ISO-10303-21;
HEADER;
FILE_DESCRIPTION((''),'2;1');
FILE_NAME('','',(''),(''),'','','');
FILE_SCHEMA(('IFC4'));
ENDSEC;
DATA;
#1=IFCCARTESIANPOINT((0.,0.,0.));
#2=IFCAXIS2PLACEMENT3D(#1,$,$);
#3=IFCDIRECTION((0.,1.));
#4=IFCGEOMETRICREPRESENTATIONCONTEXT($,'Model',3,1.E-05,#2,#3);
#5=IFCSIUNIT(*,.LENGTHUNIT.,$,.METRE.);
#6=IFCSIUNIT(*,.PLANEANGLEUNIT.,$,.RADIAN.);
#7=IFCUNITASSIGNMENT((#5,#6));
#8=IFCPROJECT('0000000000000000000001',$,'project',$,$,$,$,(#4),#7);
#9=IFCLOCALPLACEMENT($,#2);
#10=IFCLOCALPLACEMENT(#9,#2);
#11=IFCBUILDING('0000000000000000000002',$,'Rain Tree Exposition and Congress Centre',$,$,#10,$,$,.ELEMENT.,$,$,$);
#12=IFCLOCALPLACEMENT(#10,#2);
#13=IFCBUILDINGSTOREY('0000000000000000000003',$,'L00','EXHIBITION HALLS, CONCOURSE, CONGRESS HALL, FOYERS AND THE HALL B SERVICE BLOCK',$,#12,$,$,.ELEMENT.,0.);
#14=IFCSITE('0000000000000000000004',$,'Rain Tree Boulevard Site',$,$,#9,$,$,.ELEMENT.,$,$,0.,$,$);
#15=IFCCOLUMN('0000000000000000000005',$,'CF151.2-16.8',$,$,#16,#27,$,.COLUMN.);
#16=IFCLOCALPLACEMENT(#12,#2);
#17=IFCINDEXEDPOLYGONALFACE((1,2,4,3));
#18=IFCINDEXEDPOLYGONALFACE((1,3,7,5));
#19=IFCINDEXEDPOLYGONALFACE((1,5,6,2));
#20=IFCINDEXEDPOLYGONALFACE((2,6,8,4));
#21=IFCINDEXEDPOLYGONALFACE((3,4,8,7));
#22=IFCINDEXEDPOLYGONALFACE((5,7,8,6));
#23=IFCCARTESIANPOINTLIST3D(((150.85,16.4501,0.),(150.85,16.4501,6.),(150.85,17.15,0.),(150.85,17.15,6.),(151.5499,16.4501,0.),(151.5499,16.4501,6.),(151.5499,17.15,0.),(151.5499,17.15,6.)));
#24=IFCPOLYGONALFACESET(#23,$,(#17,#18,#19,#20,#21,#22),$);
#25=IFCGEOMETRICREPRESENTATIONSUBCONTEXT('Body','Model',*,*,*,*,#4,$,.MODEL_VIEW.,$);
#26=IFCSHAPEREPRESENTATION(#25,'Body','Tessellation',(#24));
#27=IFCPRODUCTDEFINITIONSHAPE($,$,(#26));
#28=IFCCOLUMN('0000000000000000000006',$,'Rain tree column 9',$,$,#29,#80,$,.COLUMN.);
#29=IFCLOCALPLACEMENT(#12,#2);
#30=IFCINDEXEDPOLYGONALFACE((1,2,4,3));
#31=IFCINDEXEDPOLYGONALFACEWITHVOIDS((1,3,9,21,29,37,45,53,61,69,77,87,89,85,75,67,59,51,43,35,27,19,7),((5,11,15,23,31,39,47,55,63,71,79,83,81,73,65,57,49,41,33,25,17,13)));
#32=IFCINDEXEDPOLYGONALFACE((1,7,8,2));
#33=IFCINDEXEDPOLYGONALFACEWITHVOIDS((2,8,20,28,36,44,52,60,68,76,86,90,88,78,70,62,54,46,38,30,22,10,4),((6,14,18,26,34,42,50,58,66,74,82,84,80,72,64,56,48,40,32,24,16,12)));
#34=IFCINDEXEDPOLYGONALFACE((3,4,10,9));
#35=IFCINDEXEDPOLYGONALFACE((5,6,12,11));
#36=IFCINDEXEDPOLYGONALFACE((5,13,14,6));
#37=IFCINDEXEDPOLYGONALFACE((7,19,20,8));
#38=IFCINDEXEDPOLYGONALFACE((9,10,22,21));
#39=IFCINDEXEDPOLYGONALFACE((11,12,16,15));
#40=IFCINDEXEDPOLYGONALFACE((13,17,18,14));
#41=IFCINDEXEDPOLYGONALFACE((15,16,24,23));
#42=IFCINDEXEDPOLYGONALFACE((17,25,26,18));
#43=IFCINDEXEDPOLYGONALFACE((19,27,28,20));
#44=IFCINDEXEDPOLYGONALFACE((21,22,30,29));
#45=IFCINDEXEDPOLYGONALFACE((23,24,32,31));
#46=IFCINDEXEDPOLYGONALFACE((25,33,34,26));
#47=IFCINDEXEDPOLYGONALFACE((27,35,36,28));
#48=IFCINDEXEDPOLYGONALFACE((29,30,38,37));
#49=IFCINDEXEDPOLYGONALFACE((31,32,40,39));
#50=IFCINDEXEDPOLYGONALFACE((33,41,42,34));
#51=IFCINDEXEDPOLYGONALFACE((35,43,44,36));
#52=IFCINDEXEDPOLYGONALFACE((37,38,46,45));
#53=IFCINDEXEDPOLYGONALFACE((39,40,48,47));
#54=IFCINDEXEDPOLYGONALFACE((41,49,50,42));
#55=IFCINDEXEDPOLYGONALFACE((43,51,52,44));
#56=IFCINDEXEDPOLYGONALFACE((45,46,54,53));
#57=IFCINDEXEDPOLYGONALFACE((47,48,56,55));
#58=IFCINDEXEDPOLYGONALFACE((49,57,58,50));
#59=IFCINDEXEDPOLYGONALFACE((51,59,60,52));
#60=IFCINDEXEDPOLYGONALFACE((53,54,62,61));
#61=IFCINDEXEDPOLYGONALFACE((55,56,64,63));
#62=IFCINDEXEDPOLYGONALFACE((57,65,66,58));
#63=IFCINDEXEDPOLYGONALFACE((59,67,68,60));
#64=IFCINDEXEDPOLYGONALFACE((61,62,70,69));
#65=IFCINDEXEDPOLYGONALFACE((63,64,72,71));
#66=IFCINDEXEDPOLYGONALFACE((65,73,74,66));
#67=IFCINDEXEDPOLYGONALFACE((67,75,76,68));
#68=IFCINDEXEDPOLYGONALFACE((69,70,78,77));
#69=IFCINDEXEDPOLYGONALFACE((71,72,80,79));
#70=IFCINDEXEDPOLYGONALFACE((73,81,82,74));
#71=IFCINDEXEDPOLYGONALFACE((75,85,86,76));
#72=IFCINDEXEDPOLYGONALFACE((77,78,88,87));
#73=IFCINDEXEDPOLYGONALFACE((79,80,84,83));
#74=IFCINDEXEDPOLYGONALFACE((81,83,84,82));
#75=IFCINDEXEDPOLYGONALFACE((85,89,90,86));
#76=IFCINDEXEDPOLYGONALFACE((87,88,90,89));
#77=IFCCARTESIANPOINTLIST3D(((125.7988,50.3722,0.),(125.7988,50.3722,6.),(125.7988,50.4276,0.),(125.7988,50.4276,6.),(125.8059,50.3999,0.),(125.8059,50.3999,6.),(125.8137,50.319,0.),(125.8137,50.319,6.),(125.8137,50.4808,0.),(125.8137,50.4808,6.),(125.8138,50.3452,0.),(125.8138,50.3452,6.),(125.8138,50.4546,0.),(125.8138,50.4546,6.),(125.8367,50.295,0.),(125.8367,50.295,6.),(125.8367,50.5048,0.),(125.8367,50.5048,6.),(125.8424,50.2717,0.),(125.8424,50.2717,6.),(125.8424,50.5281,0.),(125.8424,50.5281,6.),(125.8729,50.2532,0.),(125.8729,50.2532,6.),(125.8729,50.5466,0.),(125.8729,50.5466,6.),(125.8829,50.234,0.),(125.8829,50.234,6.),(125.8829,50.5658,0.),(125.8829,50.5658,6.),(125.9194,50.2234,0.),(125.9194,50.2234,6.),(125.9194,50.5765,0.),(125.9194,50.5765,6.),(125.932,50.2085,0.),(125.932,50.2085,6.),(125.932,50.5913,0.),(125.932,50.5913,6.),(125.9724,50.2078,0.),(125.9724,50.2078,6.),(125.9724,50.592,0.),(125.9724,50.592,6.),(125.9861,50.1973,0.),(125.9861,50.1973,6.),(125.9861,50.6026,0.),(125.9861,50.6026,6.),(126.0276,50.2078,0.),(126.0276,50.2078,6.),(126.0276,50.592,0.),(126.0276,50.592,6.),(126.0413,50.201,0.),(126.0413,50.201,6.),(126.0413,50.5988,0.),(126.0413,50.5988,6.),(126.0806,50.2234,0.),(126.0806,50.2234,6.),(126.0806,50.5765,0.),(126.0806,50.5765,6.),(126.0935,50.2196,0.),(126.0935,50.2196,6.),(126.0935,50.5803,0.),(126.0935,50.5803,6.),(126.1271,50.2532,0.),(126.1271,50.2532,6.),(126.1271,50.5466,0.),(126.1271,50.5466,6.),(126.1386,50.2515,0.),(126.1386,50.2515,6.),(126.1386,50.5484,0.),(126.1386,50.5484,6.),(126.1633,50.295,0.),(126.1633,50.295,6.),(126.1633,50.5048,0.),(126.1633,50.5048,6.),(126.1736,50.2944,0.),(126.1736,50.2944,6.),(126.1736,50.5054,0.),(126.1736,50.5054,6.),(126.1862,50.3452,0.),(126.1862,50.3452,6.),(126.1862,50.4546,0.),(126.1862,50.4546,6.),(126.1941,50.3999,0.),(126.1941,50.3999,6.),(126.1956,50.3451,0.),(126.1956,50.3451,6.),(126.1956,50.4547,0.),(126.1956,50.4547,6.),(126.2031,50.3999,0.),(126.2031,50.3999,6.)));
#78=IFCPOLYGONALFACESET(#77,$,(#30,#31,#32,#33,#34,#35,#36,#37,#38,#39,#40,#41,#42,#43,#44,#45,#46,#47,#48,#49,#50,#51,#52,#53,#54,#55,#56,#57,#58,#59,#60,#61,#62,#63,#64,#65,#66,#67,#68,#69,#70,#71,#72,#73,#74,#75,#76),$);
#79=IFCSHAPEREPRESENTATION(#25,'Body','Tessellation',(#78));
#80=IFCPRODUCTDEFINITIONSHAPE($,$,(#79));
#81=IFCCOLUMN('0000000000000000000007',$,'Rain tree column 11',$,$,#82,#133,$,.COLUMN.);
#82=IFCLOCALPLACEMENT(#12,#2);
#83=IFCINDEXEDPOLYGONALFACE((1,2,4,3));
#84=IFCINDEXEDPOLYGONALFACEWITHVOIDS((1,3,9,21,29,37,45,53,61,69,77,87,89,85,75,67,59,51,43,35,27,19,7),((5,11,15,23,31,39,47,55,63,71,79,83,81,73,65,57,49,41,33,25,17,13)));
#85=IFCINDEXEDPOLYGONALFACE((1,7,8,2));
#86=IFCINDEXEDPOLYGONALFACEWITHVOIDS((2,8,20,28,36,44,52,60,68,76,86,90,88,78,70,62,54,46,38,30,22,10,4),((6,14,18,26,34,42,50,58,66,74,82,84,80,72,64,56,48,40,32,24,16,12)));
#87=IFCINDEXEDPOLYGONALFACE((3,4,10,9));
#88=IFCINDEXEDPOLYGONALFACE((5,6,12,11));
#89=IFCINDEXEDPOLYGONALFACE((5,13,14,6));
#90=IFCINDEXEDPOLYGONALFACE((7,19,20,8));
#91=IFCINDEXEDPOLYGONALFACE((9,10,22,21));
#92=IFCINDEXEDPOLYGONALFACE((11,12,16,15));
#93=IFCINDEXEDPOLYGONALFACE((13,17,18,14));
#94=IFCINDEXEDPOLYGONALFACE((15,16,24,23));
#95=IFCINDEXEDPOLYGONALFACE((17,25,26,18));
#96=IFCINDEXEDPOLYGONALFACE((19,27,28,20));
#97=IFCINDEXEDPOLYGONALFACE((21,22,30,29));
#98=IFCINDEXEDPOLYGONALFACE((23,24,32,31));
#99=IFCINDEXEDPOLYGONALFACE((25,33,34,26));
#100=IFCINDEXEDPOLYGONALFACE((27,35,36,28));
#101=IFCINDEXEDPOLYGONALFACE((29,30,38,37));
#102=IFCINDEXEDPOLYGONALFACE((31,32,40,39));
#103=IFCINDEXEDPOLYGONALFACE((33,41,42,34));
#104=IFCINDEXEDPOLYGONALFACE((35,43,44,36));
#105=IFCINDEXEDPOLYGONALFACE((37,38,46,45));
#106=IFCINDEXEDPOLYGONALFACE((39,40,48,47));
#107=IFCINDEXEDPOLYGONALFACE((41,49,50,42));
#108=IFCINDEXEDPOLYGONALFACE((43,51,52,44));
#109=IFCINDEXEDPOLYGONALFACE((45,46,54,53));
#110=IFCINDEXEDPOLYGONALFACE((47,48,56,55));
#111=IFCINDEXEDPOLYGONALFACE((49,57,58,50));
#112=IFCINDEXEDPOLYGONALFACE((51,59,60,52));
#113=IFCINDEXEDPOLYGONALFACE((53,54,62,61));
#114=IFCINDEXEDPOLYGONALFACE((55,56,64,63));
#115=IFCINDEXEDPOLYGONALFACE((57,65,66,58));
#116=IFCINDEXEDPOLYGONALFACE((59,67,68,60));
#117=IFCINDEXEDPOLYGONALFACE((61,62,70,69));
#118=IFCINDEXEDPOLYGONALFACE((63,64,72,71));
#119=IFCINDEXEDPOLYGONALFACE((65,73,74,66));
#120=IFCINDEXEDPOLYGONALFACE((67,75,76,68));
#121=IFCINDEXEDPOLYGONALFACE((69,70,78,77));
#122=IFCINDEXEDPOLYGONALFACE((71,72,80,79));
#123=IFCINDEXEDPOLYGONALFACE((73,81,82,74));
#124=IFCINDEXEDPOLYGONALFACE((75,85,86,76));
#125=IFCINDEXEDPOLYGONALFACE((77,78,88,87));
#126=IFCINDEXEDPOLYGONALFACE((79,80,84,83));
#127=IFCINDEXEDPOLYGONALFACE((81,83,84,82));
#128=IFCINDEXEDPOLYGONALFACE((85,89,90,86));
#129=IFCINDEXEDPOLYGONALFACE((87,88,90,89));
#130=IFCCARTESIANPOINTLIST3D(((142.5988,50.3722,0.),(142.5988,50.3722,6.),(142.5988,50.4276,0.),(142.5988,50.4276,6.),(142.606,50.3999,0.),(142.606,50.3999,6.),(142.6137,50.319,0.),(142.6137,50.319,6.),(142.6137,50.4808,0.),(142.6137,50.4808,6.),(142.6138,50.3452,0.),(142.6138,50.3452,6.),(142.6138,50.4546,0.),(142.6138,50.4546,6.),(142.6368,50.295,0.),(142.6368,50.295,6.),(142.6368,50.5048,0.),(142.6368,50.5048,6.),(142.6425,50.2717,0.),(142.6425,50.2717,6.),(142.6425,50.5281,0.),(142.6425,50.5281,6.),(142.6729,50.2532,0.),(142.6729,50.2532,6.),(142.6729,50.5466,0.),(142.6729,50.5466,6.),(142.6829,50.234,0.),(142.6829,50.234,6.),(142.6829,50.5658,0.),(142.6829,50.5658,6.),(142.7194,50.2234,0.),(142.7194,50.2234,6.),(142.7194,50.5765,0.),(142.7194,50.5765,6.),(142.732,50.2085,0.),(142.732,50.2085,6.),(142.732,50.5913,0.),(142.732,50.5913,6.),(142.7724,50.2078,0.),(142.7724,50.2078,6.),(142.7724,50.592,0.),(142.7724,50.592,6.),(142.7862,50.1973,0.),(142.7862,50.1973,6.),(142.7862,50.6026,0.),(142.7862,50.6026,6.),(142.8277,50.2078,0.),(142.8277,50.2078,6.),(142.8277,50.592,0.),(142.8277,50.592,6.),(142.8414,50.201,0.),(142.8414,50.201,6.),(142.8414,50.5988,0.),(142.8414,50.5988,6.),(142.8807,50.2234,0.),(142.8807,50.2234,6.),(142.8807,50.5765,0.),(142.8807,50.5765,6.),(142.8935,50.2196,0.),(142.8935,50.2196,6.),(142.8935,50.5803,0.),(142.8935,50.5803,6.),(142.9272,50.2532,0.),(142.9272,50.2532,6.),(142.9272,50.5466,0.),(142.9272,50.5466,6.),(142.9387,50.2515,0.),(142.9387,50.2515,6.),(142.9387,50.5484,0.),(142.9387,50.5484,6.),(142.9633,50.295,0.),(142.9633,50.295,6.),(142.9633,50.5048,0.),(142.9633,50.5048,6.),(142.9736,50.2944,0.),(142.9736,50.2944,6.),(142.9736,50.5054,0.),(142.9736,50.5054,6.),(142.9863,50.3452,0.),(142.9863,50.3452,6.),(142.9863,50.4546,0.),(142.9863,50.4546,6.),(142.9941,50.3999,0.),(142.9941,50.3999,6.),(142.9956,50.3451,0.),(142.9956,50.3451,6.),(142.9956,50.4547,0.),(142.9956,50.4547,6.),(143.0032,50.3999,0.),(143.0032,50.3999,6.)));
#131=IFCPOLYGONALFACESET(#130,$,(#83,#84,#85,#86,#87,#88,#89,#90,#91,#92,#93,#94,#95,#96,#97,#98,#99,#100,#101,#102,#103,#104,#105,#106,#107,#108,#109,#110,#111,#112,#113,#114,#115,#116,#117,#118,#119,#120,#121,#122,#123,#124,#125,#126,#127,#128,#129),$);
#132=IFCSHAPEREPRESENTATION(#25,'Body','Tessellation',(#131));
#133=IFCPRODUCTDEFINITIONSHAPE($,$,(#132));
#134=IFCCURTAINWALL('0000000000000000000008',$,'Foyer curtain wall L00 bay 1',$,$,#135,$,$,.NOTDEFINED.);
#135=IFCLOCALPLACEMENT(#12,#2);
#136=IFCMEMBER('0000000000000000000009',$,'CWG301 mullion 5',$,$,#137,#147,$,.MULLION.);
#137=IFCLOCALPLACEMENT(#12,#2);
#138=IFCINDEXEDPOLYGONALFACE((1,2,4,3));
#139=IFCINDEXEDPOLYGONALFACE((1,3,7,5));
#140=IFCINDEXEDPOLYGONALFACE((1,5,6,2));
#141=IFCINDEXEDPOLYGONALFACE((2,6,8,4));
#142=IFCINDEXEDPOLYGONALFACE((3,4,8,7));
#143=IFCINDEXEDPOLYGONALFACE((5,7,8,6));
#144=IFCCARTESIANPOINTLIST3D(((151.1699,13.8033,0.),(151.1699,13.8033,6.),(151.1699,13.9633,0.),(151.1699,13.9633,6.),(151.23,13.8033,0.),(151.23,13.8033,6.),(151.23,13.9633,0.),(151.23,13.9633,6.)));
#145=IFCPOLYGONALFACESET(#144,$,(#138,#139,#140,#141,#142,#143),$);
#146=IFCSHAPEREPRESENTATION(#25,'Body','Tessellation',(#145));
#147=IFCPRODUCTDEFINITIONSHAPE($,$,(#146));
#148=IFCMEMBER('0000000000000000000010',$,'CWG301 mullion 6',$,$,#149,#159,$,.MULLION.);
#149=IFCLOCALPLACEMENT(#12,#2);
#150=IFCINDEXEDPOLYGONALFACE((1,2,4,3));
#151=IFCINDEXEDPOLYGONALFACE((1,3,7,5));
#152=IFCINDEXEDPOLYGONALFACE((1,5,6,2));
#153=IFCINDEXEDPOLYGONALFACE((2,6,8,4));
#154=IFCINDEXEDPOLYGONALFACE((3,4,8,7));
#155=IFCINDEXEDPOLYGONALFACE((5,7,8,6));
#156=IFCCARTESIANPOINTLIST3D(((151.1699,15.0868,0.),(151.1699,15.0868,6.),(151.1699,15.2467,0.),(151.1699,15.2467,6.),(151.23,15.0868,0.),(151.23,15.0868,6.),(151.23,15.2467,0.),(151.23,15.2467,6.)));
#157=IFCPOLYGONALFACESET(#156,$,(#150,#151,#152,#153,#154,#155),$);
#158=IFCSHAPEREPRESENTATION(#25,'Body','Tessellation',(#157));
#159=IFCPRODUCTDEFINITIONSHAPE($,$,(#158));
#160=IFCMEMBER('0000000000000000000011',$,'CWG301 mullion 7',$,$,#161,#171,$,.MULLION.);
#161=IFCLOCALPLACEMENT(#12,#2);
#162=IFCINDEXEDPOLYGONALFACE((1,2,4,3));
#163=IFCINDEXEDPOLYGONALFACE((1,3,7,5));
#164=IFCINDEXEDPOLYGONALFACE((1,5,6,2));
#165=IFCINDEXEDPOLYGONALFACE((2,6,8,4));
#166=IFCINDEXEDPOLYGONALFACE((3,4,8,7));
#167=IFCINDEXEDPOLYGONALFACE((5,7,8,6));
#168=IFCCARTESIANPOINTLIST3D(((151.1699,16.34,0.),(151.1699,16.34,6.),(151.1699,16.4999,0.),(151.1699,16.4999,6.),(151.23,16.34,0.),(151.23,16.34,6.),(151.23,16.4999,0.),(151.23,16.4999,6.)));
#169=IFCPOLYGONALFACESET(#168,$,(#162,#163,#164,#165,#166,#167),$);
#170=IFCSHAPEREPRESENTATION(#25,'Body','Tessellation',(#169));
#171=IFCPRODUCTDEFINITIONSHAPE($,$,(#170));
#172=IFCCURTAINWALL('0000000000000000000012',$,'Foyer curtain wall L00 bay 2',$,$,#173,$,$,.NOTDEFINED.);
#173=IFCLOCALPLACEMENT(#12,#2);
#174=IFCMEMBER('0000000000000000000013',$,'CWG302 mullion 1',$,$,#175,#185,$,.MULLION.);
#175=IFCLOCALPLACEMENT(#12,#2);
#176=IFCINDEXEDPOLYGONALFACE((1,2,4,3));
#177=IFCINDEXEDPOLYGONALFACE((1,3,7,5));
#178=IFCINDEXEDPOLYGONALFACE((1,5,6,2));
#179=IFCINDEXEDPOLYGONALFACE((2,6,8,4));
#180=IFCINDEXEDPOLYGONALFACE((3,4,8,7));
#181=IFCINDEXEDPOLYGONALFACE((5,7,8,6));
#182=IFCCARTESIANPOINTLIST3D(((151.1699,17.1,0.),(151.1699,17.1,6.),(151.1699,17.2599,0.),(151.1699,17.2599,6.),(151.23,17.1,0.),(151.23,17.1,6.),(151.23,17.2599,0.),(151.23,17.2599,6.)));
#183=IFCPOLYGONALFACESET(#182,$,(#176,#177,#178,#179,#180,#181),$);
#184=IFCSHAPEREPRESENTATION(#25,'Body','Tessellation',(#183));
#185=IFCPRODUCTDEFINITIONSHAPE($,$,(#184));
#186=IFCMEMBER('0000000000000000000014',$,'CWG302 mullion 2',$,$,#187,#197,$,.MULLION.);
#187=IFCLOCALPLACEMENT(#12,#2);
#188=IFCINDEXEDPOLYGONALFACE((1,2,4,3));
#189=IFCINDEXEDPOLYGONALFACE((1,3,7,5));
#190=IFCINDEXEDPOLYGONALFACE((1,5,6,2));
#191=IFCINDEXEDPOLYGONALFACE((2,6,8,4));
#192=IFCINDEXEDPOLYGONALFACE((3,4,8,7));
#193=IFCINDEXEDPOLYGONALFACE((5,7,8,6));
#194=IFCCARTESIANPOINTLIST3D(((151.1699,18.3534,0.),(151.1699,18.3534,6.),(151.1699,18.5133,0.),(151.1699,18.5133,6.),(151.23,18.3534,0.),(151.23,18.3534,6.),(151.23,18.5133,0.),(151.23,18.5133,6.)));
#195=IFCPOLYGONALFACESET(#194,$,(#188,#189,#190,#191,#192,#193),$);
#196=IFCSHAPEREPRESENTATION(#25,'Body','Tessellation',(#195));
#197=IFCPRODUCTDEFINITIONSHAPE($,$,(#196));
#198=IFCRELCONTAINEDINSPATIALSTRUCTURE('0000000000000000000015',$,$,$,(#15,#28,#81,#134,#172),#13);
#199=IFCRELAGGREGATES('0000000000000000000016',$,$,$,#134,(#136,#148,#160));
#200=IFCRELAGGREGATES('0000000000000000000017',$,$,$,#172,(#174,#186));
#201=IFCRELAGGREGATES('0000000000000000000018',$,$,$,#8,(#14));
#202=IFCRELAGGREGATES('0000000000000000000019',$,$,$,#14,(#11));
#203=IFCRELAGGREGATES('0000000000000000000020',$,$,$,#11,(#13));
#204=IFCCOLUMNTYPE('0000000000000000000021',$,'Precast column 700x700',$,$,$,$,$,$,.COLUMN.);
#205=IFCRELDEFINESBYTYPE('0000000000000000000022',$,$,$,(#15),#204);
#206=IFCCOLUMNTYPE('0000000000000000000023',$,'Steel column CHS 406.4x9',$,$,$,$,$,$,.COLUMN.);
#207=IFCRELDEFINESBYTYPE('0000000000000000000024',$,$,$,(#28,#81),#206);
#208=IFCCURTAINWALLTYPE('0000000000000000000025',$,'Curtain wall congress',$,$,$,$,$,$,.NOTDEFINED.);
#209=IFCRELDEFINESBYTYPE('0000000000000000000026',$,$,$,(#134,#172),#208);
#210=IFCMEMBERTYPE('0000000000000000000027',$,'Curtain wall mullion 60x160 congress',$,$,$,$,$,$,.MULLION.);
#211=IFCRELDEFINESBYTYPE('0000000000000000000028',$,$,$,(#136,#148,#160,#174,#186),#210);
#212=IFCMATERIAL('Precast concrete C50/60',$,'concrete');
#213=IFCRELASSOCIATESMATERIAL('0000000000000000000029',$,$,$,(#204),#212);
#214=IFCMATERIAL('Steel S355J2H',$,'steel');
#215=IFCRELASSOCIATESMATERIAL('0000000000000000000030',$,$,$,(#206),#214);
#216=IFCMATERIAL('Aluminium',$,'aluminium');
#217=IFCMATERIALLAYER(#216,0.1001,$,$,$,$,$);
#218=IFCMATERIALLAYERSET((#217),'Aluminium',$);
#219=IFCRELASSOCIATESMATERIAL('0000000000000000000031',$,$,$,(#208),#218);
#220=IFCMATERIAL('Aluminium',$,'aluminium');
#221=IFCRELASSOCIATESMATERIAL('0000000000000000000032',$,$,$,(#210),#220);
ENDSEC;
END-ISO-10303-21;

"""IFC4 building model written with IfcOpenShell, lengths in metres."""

from ifc_helpers import new_model, si_unit, direction, frame, origin, origin_2d, place, context, subcontext, project, spatial, rectangle, hollow_circle, extrude, material, layer, layer_set, material_profile, profile_set, type_object, element, aggregate, save


model = new_model("IFC4")

# Units and contexts
model_context = context("Model", 3, precision=1e-05, world=origin(), true_north=direction((0.0, 1.0)))
body_context = subcontext(model_context, "Body", "Model", "MODEL_VIEW")
ifc_project = project(units=[si_unit("LENGTHUNIT", "METRE"), si_unit("PLANEANGLEUNIT", "RADIAN")], contexts=[model_context])

# Site, building, storey
site_placement = place(None, origin())
site = spatial("IfcSite", under=ifc_project, at=site_placement, Name="Rain Tree Boulevard Site", CompositionType="ELEMENT", RefElevation=0.0)
building_placement = place(site_placement, origin())
building = spatial("IfcBuilding", under=site, at=building_placement, Name="Rain Tree Exposition and Congress Centre", CompositionType="ELEMENT")
storey_placement = place(building_placement, origin())
storey = spatial("IfcBuildingStorey", under=building, at=storey_placement, Name="L00", Description="EXHIBITION HALLS, CONCOURSE, CONGRESS HALL, FOYERS AND THE HALL B SERVICE BLOCK", CompositionType="ELEMENT", Elevation=0.0)

# Columns
ifc_material_1 = material(Name="Precast concrete C50/60", Category="concrete")
ifc_material_profile_1 = material_profile(ifc_material_1, rectangle(XDim=0.7, YDim=0.7, at=origin_2d()), Name="RC 700x700")
ifc_profile_set_1 = profile_set([ifc_material_profile_1], Name="Precast concrete C50/60")
column_type_1 = type_object("IfcColumnType", Name="Precast column 700x700", PredefinedType="COLUMN", material=ifc_profile_set_1)
column_placement = place(storey_placement, frame((151.2, 16.8, 0.0), z_axis=(0.0, 0.0, 1.0), x_axis=(1.0, 0.0, 0.0)))
element("IfcColumn", 1, at=column_placement, inside=storey, type_object=column_type_1, Name="CF151.2-16.8", PredefinedType="COLUMN", context=body_context, shape_type="SweptSolid", body=[
    extrude(rectangle(XDim=0.7, YDim=0.7, at=origin_2d()), origin(), (0.0, 0.0, 1.0), 6.0),
])
ifc_material_2 = material(Name="Steel S355J2H", Category="steel")
ifc_material_profile_2 = material_profile(ifc_material_2, hollow_circle(Radius=0.2031, WallThickness=0.009, at=origin_2d()), Name="CHS 406.4x9")
ifc_profile_set_2 = profile_set([ifc_material_profile_2], Name="Steel S355J2H")
column_type_2 = type_object("IfcColumnType", Name="Steel column CHS 406.4x9", PredefinedType="COLUMN", material=ifc_profile_set_2)
for number, where, z_axis, x_axis, name in (
    (2, (126.0, 50.3999, 0.0), (0.0, 0.0, 1.0), (1.0, 0.0, 0.0), "Rain tree column 9"),
    (3, (142.8, 50.3999, 0.0), (0.0, 0.0, 1.0), (1.0, 0.0, 0.0), "Rain tree column 11"),
):
    element("IfcColumn", number, at=place(storey_placement, frame(where, z_axis=z_axis, x_axis=x_axis)), inside=storey, type_object=column_type_2, Name=name, PredefinedType="COLUMN", context=body_context, shape_type="SweptSolid", body=[
        extrude(hollow_circle(Radius=0.2031, WallThickness=0.009, at=origin_2d()), origin(), (0.0, 0.0, 1.0), 6.0),
    ])

# Curtain walls, members
ifc_material_3 = material(Name="Aluminium", Category="aluminium")
ifc_layer_1 = layer(ifc_material_3, 0.1001)
ifc_layer_set_1 = layer_set([ifc_layer_1], Name="Aluminium")
curtain_wall_type = type_object("IfcCurtainWallType", Name="Curtain wall congress", PredefinedType="NOTDEFINED", material=ifc_layer_set_1)
curtain_wall_1_placement = place(storey_placement, origin())
curtain_wall_1 = element("IfcCurtainWall", 4, at=curtain_wall_1_placement, inside=storey, type_object=curtain_wall_type, Name="Foyer curtain wall L00 bay 1", PredefinedType="NOTDEFINED")
ifc_material_4 = material(Name="Aluminium", Category="aluminium")
ifc_material_profile_3 = material_profile(ifc_material_4, rectangle(XDim=0.0601, YDim=0.1599, at=origin_2d()), Name="AL 60x160")
ifc_profile_set_3 = profile_set([ifc_material_profile_3], Name="Aluminium")
member_type_1 = type_object("IfcMemberType", Name="Curtain wall mullion 60x160 congress", PredefinedType="MULLION", material=ifc_profile_set_3)
member_1_placement = place(storey_placement, frame((151.2, 13.8833, 0.0), z_axis=(0.0, 0.0, 1.0), x_axis=(-1.0, 0.0, 0.0)))
member_1 = element("IfcMember", 5, at=member_1_placement, type_object=member_type_1, Name="CWG301 mullion 5", PredefinedType="MULLION", context=body_context, shape_type="SweptSolid", body=[
    extrude(rectangle(XDim=0.0601, YDim=0.1599, at=origin_2d()), origin(), (0.0, 0.0, 1.0), 6.0),
])
member_2_placement = place(storey_placement, frame((151.2, 15.1667, 0.0), z_axis=(0.0, 0.0, 1.0), x_axis=(-1.0, 0.0, 0.0)))
member_2 = element("IfcMember", 6, at=member_2_placement, type_object=member_type_1, Name="CWG301 mullion 6", PredefinedType="MULLION", context=body_context, shape_type="SweptSolid", body=[
    extrude(rectangle(XDim=0.0601, YDim=0.1599, at=origin_2d()), origin(), (0.0, 0.0, 1.0), 6.0),
])
member_3_placement = place(storey_placement, frame((151.2, 16.4199, 0.0), z_axis=(0.0, 0.0, 1.0), x_axis=(-1.0, 0.0, 0.0)))
member_3 = element("IfcMember", 7, at=member_3_placement, type_object=member_type_1, Name="CWG301 mullion 7", PredefinedType="MULLION", context=body_context, shape_type="SweptSolid", body=[
    extrude(rectangle(XDim=0.0601, YDim=0.1599, at=origin_2d()), origin(), (0.0, 0.0, 1.0), 6.0),
])
curtain_wall_2_placement = place(storey_placement, origin())
curtain_wall_2 = element("IfcCurtainWall", 8, at=curtain_wall_2_placement, inside=storey, type_object=curtain_wall_type, Name="Foyer curtain wall L00 bay 2", PredefinedType="NOTDEFINED")
member_4_placement = place(storey_placement, frame((151.2, 17.1799, 0.0), z_axis=(0.0, 0.0, 1.0), x_axis=(-1.0, 0.0, 0.0)))
member_4 = element("IfcMember", 9, at=member_4_placement, type_object=member_type_1, Name="CWG302 mullion 1", PredefinedType="MULLION", context=body_context, shape_type="SweptSolid", body=[
    extrude(rectangle(XDim=0.0601, YDim=0.1599, at=origin_2d()), origin(), (0.0, 0.0, 1.0), 6.0),
])
member_5_placement = place(storey_placement, frame((151.2, 18.4333, 0.0), z_axis=(0.0, 0.0, 1.0), x_axis=(-1.0, 0.0, 0.0)))
member_5 = element("IfcMember", 10, at=member_5_placement, type_object=member_type_1, Name="CWG302 mullion 2", PredefinedType="MULLION", context=body_context, shape_type="SweptSolid", body=[
    extrude(rectangle(XDim=0.0601, YDim=0.1599, at=origin_2d()), origin(), (0.0, 0.0, 1.0), 6.0),
])

aggregate(curtain_wall_1, [member_1, member_2, member_3])
aggregate(curtain_wall_2, [member_4, member_5])

save(model, "model.ifc")
